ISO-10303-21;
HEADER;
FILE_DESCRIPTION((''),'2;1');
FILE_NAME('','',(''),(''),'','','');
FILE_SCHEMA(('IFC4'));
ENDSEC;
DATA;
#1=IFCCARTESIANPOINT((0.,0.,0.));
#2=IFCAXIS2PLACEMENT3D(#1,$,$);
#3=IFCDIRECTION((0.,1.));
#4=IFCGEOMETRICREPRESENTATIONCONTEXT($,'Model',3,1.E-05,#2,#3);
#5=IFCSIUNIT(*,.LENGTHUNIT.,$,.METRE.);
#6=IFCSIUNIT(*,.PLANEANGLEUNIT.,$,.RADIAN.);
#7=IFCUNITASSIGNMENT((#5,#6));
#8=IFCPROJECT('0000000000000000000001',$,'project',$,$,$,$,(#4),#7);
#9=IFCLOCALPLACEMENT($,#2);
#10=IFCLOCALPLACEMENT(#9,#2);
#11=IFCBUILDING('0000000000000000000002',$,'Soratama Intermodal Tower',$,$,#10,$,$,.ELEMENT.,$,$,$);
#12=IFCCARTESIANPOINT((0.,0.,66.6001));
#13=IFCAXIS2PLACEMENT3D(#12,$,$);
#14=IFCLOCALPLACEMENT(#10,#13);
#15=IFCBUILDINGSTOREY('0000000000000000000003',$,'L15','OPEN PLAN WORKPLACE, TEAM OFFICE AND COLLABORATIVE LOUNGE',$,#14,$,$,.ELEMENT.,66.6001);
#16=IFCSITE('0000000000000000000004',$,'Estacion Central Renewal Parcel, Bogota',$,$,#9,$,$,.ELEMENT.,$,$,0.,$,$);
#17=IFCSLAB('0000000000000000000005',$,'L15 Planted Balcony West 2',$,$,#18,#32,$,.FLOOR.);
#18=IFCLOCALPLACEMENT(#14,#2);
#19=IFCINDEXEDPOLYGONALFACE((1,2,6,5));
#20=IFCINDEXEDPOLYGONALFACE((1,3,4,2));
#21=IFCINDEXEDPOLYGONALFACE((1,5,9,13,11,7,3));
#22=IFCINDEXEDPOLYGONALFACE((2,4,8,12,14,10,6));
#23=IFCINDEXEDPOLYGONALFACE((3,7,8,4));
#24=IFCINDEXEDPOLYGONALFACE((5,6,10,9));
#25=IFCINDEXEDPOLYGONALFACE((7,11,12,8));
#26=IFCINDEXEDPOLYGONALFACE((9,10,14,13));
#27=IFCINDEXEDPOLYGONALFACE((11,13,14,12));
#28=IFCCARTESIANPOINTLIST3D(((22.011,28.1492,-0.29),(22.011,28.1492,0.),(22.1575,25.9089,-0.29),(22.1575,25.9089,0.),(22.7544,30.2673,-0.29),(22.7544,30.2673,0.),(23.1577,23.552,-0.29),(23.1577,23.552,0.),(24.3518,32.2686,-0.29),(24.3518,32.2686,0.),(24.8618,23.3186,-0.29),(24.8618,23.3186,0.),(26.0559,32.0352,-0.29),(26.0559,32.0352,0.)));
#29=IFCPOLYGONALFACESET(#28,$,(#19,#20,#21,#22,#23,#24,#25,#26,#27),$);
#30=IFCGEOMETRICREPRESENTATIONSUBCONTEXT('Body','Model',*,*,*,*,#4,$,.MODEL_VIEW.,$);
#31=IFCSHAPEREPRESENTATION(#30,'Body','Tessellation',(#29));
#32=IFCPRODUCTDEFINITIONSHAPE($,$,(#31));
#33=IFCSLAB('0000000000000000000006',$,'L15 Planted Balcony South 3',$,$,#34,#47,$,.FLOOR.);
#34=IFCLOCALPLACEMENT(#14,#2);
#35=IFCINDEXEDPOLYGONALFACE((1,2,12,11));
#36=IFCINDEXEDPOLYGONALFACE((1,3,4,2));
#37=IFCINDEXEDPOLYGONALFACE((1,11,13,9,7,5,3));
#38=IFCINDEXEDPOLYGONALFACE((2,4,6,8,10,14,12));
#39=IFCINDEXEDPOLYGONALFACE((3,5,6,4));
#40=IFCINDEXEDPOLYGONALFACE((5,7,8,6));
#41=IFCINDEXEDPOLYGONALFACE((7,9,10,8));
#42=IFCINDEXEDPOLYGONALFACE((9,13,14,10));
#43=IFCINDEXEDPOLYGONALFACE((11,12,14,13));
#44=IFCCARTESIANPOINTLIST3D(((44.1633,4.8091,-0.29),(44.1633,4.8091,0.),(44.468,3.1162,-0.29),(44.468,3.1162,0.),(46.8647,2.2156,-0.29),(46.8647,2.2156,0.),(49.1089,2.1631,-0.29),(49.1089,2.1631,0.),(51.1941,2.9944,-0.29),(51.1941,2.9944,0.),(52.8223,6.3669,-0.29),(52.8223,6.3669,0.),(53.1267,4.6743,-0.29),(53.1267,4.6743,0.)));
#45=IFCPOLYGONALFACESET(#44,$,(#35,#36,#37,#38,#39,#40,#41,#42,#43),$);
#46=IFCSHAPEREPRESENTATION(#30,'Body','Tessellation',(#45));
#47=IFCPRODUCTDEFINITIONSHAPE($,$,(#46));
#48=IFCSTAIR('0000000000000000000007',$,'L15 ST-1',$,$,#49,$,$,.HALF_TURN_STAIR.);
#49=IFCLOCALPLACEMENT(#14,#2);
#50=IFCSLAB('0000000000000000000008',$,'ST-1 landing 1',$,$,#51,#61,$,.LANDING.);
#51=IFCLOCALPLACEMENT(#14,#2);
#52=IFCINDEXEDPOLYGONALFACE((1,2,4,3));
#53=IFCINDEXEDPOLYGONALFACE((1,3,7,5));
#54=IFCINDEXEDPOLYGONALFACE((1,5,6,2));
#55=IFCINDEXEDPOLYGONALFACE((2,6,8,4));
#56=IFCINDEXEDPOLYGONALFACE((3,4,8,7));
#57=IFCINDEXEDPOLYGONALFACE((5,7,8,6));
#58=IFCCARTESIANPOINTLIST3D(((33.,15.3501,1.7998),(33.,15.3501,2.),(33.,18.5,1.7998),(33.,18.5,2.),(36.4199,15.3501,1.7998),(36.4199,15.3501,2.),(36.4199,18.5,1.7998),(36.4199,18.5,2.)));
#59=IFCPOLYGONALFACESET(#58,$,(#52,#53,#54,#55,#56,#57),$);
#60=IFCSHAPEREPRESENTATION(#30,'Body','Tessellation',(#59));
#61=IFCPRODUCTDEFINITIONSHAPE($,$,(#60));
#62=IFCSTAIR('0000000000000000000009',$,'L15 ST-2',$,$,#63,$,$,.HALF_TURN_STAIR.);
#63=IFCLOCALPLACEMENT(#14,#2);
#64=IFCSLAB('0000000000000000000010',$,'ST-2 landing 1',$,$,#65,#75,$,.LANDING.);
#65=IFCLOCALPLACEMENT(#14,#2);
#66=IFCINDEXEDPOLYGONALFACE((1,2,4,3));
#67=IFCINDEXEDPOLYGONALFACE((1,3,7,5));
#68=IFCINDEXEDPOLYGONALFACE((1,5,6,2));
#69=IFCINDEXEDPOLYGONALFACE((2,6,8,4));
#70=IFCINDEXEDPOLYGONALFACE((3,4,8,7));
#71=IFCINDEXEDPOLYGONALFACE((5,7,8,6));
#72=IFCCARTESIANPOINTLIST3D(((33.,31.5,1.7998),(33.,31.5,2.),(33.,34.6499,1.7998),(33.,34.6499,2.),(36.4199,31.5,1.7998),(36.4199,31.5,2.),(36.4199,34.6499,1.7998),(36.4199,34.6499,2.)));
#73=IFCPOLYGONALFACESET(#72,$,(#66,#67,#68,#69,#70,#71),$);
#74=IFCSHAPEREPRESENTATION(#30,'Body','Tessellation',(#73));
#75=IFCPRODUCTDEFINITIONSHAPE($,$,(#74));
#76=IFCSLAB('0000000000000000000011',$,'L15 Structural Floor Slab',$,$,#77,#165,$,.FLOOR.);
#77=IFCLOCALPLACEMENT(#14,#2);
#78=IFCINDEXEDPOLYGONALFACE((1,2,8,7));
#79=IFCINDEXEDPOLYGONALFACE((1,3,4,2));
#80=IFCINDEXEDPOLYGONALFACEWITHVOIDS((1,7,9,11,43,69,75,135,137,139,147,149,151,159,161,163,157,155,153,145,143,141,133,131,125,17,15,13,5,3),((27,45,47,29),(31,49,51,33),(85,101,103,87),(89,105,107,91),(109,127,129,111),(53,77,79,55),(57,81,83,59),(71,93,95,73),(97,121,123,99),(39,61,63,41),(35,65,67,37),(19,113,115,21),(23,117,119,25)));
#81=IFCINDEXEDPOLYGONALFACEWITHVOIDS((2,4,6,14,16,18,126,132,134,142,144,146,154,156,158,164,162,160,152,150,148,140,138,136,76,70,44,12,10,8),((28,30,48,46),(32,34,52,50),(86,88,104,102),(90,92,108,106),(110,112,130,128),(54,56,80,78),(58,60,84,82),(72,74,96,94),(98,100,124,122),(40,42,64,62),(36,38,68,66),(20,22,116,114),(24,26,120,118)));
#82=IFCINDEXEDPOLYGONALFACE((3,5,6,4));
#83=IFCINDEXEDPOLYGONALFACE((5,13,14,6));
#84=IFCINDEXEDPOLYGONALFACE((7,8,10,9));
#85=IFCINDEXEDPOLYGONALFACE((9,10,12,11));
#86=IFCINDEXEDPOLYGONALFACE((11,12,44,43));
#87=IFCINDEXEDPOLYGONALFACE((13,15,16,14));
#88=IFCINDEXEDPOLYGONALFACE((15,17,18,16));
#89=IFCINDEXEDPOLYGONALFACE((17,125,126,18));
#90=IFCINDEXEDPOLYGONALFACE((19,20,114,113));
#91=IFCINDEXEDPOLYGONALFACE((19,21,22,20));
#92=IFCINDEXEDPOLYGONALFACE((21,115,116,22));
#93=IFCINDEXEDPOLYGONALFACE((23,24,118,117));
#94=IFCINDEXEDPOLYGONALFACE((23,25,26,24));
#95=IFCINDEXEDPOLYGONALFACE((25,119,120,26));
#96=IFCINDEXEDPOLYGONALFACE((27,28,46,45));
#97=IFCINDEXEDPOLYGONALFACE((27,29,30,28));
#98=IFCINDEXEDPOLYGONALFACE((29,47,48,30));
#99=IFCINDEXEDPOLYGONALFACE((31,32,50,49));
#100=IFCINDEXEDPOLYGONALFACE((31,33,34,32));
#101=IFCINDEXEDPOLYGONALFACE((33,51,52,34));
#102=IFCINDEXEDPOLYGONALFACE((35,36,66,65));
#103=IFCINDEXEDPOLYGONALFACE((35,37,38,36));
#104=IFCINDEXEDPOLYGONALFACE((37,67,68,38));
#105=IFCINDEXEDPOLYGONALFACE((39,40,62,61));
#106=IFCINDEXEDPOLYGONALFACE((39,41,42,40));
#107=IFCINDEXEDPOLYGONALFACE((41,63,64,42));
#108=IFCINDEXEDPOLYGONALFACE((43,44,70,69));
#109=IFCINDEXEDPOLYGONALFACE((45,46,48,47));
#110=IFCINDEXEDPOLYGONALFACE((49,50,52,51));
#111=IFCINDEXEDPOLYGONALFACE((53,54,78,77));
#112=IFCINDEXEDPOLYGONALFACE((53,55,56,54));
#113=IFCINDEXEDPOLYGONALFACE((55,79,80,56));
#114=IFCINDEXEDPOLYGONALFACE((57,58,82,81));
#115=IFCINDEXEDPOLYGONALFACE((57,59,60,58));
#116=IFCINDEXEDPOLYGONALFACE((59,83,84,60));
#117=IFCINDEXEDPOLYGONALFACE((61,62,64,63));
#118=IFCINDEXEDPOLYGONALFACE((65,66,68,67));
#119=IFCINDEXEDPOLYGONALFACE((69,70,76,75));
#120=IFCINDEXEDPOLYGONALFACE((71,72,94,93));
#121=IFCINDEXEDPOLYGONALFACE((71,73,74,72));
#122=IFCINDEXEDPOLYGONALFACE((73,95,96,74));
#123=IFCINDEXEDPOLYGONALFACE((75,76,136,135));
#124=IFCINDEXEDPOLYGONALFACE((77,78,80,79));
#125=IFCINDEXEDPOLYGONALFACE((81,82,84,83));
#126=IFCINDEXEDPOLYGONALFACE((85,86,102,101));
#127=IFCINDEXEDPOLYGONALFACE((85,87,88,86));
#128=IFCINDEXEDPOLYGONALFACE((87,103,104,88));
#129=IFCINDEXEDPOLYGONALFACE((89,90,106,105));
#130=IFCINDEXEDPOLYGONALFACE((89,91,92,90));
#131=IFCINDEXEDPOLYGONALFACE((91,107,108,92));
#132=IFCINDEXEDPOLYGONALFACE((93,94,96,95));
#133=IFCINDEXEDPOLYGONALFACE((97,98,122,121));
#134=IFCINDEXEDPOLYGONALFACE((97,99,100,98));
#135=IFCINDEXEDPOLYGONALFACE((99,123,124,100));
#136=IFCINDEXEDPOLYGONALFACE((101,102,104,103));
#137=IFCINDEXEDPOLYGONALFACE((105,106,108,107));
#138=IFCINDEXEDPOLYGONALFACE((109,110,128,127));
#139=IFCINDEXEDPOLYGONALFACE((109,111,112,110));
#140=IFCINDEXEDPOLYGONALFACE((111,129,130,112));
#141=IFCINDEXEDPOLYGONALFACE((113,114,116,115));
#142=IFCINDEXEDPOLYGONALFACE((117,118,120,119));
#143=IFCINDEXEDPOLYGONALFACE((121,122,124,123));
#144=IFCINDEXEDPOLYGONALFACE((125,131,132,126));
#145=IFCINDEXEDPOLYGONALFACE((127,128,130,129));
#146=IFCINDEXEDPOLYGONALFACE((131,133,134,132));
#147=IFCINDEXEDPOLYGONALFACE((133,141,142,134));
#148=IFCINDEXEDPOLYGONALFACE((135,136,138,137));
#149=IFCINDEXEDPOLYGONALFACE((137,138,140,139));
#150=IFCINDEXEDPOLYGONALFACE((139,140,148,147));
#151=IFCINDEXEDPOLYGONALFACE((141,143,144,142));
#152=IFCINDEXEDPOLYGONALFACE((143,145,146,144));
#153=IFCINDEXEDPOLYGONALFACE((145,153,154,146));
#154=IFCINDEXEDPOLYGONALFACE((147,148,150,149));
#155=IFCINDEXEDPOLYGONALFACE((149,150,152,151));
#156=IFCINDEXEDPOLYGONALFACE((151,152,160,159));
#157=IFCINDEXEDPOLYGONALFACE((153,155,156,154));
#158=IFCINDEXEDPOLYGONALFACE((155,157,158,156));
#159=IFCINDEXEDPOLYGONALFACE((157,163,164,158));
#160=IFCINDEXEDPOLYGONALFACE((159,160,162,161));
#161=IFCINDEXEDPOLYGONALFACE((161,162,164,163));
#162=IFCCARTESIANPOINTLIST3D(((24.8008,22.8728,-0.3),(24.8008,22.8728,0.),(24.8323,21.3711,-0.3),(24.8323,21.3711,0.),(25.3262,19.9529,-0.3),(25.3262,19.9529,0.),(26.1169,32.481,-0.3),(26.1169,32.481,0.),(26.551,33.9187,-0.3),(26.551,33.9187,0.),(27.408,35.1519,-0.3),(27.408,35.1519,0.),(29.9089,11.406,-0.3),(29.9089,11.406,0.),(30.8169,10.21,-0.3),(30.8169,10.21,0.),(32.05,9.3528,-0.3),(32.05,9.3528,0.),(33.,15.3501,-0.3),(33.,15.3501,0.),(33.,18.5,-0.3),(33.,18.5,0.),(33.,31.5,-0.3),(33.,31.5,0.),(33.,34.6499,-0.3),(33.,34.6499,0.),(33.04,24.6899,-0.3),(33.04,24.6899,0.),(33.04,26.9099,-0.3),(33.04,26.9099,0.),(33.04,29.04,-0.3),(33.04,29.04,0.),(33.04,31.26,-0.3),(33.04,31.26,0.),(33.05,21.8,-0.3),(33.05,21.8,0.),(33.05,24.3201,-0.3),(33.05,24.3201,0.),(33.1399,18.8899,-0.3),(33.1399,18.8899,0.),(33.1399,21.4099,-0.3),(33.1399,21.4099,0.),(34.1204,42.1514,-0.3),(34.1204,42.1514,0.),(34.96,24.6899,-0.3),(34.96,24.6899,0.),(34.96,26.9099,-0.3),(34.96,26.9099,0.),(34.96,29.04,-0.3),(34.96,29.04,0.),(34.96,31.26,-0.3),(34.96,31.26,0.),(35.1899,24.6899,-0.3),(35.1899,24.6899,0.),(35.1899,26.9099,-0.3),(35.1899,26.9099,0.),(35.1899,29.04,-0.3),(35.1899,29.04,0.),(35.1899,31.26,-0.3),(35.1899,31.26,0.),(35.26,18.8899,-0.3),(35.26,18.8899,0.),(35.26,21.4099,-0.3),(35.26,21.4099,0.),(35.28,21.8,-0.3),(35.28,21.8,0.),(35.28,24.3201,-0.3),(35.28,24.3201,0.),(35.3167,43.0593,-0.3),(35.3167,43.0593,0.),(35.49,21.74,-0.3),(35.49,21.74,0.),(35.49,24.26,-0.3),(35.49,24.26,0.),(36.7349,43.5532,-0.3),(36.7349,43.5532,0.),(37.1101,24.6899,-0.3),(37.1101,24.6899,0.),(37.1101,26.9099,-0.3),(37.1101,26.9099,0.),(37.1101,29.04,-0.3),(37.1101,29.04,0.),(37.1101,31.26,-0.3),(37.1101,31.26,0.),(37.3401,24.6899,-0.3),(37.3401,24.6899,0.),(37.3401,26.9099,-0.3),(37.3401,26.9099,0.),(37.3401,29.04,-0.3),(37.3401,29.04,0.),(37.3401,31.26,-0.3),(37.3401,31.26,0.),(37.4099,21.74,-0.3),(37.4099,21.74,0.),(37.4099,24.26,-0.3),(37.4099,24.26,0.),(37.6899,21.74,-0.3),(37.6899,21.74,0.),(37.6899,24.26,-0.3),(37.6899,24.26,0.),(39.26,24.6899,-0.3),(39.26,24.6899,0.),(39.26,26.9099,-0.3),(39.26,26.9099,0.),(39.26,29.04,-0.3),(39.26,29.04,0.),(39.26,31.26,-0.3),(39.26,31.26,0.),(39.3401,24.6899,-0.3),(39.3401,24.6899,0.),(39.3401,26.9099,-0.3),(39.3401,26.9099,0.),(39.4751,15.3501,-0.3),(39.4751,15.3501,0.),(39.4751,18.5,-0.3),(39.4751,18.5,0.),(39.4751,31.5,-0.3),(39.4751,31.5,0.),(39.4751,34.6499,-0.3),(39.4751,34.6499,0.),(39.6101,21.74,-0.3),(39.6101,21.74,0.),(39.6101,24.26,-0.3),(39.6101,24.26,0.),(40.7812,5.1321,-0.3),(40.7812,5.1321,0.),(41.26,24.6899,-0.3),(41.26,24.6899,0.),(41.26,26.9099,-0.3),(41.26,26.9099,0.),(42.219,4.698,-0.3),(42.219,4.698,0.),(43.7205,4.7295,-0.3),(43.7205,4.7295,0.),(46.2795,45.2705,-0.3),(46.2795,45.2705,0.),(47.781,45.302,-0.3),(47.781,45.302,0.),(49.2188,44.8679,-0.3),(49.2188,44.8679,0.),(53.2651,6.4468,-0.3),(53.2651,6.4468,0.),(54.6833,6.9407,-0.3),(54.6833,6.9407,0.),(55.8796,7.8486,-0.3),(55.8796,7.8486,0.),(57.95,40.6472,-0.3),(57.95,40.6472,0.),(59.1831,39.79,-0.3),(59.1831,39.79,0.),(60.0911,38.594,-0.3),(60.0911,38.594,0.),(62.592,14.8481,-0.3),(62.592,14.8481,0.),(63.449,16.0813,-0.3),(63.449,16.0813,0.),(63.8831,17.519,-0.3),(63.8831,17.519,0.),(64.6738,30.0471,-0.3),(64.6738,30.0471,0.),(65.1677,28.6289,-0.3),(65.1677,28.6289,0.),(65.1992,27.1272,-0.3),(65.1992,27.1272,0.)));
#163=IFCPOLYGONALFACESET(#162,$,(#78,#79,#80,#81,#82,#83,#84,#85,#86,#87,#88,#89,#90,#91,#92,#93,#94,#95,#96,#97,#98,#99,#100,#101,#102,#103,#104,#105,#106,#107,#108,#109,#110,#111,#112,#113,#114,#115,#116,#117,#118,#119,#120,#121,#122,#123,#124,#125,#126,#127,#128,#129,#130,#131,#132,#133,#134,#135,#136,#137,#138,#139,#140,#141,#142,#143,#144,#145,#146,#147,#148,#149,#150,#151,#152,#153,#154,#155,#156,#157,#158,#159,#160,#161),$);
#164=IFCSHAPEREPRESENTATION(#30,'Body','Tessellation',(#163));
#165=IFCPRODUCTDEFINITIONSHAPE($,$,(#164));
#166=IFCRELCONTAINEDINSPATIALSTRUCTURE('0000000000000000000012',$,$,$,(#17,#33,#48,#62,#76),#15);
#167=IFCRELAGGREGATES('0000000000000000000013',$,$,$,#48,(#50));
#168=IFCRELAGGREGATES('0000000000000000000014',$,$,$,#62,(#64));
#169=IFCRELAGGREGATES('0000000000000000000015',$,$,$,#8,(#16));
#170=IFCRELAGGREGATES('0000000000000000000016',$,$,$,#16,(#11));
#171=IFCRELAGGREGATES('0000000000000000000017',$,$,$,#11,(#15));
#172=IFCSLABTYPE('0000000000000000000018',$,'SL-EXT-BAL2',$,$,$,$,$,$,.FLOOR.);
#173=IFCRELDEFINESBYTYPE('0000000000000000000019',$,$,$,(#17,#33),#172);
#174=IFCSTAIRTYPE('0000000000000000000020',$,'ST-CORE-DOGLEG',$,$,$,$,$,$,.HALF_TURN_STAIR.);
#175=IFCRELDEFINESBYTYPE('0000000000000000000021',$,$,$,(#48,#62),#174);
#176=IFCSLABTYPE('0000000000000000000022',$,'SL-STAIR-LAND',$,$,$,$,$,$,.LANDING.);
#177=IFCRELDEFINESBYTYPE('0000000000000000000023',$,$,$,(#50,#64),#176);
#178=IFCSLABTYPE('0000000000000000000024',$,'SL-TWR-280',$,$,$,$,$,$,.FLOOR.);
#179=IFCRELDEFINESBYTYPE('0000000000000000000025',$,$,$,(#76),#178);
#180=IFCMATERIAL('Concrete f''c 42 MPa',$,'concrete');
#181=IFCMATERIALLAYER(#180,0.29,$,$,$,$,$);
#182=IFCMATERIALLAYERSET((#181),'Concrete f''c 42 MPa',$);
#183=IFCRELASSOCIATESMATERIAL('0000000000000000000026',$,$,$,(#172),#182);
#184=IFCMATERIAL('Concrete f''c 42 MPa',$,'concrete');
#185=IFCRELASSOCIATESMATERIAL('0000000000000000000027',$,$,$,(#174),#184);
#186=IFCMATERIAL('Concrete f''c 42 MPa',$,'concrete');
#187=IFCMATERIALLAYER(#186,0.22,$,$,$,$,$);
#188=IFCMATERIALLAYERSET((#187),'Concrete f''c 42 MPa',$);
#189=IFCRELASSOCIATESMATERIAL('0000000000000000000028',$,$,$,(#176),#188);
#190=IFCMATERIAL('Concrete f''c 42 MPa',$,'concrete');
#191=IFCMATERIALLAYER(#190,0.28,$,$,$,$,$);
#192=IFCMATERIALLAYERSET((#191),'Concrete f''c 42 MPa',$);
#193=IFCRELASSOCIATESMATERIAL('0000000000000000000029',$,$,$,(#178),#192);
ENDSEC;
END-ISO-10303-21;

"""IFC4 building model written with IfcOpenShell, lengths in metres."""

from ifc_helpers import new_model, si_unit, direction, frame, origin, place, context, subcontext, project, spatial, polyline, outline, extrude, material, layer, layer_set, type_object, element, aggregate, save


model = new_model("IFC4")

# Units and contexts
model_context = context("Model", 3, precision=1e-05, world=origin(), true_north=direction((0.0, 1.0)))
body_context = subcontext(model_context, "Body", "Model", "MODEL_VIEW")
ifc_project = project(units=[si_unit("LENGTHUNIT", "METRE"), si_unit("PLANEANGLEUNIT", "RADIAN")], contexts=[model_context])

# Site, building, storey
site_placement = place(None, origin())
site = spatial("IfcSite", under=ifc_project, at=site_placement, Name="Estacion Central Renewal Parcel, Bogota", CompositionType="ELEMENT", RefElevation=0.0)
building_placement = place(site_placement, origin())
building = spatial("IfcBuilding", under=site, at=building_placement, Name="Soratama Intermodal Tower", CompositionType="ELEMENT")
storey_placement = place(building_placement, frame((0.0, 0.0, 66.6001)))
storey = spatial("IfcBuildingStorey", under=building, at=storey_placement, Name="L15", Description="OPEN PLAN WORKPLACE, TEAM OFFICE AND COLLABORATIVE LOUNGE", CompositionType="ELEMENT", Elevation=66.6001)

# Slabs
ifc_material_1 = material(Name="Concrete f'c 42 MPa", Category="concrete")
ifc_layer_1 = layer(ifc_material_1, 0.29)
ifc_layer_set_1 = layer_set([ifc_layer_1], Name="Concrete f'c 42 MPa")
slab_type_1 = type_object("IfcSlabType", Name="SL-EXT-BAL2", PredefinedType="FLOOR", material=ifc_layer_set_1)
slab_1_placement = place(storey_placement, frame((0.0, 0.0, -0.29)))
element("IfcSlab", 1, at=slab_1_placement, inside=storey, type_object=slab_type_1, Name="L15 Planted Balcony West 2", PredefinedType="FLOOR", context=body_context, shape_type="SweptSolid", body=[
    extrude(outline(polyline([(26.0559, 32.0352), (24.8618, 23.3186), (23.1577, 23.552), (22.1575, 25.9089), (22.011, 28.1492), (22.7544, 30.2673), (24.3518, 32.2686), (26.0559, 32.0352)])), origin(), (0.0, 0.0, 1.0), 0.29),
])
slab_2_placement = place(storey_placement, frame((0.0, 0.0, -0.29)))
element("IfcSlab", 2, at=slab_2_placement, inside=storey, type_object=slab_type_1, Name="L15 Planted Balcony South 3", PredefinedType="FLOOR", context=body_context, shape_type="SweptSolid", body=[
    extrude(outline(polyline([(44.1633, 4.8091), (52.8223, 6.3669), (53.1267, 4.6743), (51.1941, 2.9944), (49.1089, 2.1631), (46.8647, 2.2156), (44.468, 3.1162), (44.1633, 4.8091)])), origin(), (0.0, 0.0, 1.0), 0.29),
])

# Stairs, slabs
ifc_material_2 = material(Name="Concrete f'c 42 MPa", Category="concrete")
stair_type = type_object("IfcStairType", Name="ST-CORE-DOGLEG", PredefinedType="HALF_TURN_STAIR", material=ifc_material_2)
stair_1_placement = place(storey_placement, origin())
stair_1 = element("IfcStair", 3, at=stair_1_placement, inside=storey, type_object=stair_type, Name="L15 ST-1", PredefinedType="HALF_TURN_STAIR")
ifc_material_3 = material(Name="Concrete f'c 42 MPa", Category="concrete")
ifc_layer_2 = layer(ifc_material_3, 0.22)
ifc_layer_set_2 = layer_set([ifc_layer_2], Name="Concrete f'c 42 MPa")
slab_type_2 = type_object("IfcSlabType", Name="SL-STAIR-LAND", PredefinedType="LANDING", material=ifc_layer_set_2)
slab_3_placement = place(storey_placement, frame((0.0, 0.0, 1.7998)))
slab_3 = element("IfcSlab", 4, at=slab_3_placement, type_object=slab_type_2, Name="ST-1 landing 1", PredefinedType="LANDING", context=body_context, shape_type="SweptSolid", body=[
    extrude(outline(polyline([(36.4199, 18.5), (33.0, 18.5), (33.0, 15.3501), (36.4199, 15.3501), (36.4199, 18.5)])), origin(), (0.0, 0.0, 1.0), 0.2002),
])
aggregate(stair_1, [slab_3])
stair_2_placement = place(storey_placement, origin())
stair_2 = element("IfcStair", 5, at=stair_2_placement, inside=storey, type_object=stair_type, Name="L15 ST-2", PredefinedType="HALF_TURN_STAIR")
slab_4_placement = place(storey_placement, frame((0.0, 0.0, 1.7998)))
slab_4 = element("IfcSlab", 6, at=slab_4_placement, type_object=slab_type_2, Name="ST-2 landing 1", PredefinedType="LANDING", context=body_context, shape_type="SweptSolid", body=[
    extrude(outline(polyline([(36.4199, 34.6499), (33.0, 34.6499), (33.0, 31.5), (36.4199, 31.5), (36.4199, 34.6499)])), origin(), (0.0, 0.0, 1.0), 0.2002),
])
aggregate(stair_2, [slab_4])

# Slab
ifc_material_4 = material(Name="Concrete f'c 42 MPa", Category="concrete")
ifc_layer_3 = layer(ifc_material_4, 0.28)
ifc_layer_set_3 = layer_set([ifc_layer_3], Name="Concrete f'c 42 MPa")
slab_type_3 = type_object("IfcSlabType", Name="SL-TWR-280", PredefinedType="FLOOR", material=ifc_layer_set_3)
slab_5_placement = place(storey_placement, frame((0.0, 0.0, -0.3)))
element("IfcSlab", 7, at=slab_5_placement, inside=storey, type_object=slab_type_3, Name="L15 Structural Floor Slab", PredefinedType="FLOOR", context=body_context, shape_type="SweptSolid", body=[
    extrude(outline(polyline([(65.1992, 27.1272), (65.1677, 28.6289), (64.6738, 30.0471), (60.0911, 38.594), (59.1831, 39.79), (57.95, 40.6472), (49.2188, 44.8679), (47.781, 45.302), (46.2795, 45.2705), (36.7349, 43.5532), (35.3167, 43.0593), (34.1204, 42.1514), (27.408, 35.1519), (26.551, 33.9187), (26.1169, 32.481), (24.8008, 22.8728), (24.8323, 21.3711), (25.3262, 19.9529), (29.9089, 11.406), (30.8169, 10.21), (32.05, 9.3528), (40.7812, 5.1321), (42.219, 4.698), (43.7205, 4.7295), (53.2651, 6.4468), (54.6833, 6.9407), (55.8796, 7.8486), (62.592, 14.8481), (63.449, 16.0813), (63.8831, 17.519), (65.1992, 27.1272)]), holes=[polyline([(33.0, 18.5), (33.0, 15.3501), (39.4751, 15.3501), (39.4751, 18.5), (33.0, 18.5)]), polyline([(35.26, 18.8899), (35.26, 21.4099), (33.1399, 21.4099), (33.1399, 18.8899), (35.26, 18.8899)]), polyline([(33.05, 21.8), (35.28, 21.8), (35.28, 24.3201), (33.05, 24.3201), (33.05, 21.8)]), polyline([(34.96, 26.9099), (33.04, 26.9099), (33.04, 24.6899), (34.96, 24.6899), (34.96, 26.9099)]), polyline([(37.1101, 24.6899), (37.1101, 26.9099), (35.1899, 26.9099), (35.1899, 24.6899), (37.1101, 24.6899)]), polyline([(34.96, 29.04), (34.96, 31.26), (33.04, 31.26), (33.04, 29.04), (34.96, 29.04)]), polyline([(37.1101, 31.26), (35.1899, 31.26), (35.1899, 29.04), (37.1101, 29.04), (37.1101, 31.26)]), polyline([(37.4099, 21.74), (37.4099, 24.26), (35.49, 24.26), (35.49, 21.74), (37.4099, 21.74)]), polyline([(39.6101, 21.74), (39.6101, 24.26), (37.6899, 24.26), (37.6899, 21.74), (39.6101, 21.74)]), polyline([(39.26, 24.6899), (39.26, 26.9099), (37.3401, 26.9099), (37.3401, 24.6899), (39.26, 24.6899)]), polyline([(41.26, 24.6899), (41.26, 26.9099), (39.3401, 26.9099), (39.3401, 24.6899), (41.26, 24.6899)]), polyline([(39.26, 29.04), (39.26, 31.26), (37.3401, 31.26), (37.3401, 29.04), (39.26, 29.04)]), polyline([(39.4751, 34.6499), (33.0, 34.6499), (33.0, 31.5), (39.4751, 31.5), (39.4751, 34.6499)])]), origin(), (0.0, 0.0, 1.0), 0.3),
])

save(model, "model.ifc")
